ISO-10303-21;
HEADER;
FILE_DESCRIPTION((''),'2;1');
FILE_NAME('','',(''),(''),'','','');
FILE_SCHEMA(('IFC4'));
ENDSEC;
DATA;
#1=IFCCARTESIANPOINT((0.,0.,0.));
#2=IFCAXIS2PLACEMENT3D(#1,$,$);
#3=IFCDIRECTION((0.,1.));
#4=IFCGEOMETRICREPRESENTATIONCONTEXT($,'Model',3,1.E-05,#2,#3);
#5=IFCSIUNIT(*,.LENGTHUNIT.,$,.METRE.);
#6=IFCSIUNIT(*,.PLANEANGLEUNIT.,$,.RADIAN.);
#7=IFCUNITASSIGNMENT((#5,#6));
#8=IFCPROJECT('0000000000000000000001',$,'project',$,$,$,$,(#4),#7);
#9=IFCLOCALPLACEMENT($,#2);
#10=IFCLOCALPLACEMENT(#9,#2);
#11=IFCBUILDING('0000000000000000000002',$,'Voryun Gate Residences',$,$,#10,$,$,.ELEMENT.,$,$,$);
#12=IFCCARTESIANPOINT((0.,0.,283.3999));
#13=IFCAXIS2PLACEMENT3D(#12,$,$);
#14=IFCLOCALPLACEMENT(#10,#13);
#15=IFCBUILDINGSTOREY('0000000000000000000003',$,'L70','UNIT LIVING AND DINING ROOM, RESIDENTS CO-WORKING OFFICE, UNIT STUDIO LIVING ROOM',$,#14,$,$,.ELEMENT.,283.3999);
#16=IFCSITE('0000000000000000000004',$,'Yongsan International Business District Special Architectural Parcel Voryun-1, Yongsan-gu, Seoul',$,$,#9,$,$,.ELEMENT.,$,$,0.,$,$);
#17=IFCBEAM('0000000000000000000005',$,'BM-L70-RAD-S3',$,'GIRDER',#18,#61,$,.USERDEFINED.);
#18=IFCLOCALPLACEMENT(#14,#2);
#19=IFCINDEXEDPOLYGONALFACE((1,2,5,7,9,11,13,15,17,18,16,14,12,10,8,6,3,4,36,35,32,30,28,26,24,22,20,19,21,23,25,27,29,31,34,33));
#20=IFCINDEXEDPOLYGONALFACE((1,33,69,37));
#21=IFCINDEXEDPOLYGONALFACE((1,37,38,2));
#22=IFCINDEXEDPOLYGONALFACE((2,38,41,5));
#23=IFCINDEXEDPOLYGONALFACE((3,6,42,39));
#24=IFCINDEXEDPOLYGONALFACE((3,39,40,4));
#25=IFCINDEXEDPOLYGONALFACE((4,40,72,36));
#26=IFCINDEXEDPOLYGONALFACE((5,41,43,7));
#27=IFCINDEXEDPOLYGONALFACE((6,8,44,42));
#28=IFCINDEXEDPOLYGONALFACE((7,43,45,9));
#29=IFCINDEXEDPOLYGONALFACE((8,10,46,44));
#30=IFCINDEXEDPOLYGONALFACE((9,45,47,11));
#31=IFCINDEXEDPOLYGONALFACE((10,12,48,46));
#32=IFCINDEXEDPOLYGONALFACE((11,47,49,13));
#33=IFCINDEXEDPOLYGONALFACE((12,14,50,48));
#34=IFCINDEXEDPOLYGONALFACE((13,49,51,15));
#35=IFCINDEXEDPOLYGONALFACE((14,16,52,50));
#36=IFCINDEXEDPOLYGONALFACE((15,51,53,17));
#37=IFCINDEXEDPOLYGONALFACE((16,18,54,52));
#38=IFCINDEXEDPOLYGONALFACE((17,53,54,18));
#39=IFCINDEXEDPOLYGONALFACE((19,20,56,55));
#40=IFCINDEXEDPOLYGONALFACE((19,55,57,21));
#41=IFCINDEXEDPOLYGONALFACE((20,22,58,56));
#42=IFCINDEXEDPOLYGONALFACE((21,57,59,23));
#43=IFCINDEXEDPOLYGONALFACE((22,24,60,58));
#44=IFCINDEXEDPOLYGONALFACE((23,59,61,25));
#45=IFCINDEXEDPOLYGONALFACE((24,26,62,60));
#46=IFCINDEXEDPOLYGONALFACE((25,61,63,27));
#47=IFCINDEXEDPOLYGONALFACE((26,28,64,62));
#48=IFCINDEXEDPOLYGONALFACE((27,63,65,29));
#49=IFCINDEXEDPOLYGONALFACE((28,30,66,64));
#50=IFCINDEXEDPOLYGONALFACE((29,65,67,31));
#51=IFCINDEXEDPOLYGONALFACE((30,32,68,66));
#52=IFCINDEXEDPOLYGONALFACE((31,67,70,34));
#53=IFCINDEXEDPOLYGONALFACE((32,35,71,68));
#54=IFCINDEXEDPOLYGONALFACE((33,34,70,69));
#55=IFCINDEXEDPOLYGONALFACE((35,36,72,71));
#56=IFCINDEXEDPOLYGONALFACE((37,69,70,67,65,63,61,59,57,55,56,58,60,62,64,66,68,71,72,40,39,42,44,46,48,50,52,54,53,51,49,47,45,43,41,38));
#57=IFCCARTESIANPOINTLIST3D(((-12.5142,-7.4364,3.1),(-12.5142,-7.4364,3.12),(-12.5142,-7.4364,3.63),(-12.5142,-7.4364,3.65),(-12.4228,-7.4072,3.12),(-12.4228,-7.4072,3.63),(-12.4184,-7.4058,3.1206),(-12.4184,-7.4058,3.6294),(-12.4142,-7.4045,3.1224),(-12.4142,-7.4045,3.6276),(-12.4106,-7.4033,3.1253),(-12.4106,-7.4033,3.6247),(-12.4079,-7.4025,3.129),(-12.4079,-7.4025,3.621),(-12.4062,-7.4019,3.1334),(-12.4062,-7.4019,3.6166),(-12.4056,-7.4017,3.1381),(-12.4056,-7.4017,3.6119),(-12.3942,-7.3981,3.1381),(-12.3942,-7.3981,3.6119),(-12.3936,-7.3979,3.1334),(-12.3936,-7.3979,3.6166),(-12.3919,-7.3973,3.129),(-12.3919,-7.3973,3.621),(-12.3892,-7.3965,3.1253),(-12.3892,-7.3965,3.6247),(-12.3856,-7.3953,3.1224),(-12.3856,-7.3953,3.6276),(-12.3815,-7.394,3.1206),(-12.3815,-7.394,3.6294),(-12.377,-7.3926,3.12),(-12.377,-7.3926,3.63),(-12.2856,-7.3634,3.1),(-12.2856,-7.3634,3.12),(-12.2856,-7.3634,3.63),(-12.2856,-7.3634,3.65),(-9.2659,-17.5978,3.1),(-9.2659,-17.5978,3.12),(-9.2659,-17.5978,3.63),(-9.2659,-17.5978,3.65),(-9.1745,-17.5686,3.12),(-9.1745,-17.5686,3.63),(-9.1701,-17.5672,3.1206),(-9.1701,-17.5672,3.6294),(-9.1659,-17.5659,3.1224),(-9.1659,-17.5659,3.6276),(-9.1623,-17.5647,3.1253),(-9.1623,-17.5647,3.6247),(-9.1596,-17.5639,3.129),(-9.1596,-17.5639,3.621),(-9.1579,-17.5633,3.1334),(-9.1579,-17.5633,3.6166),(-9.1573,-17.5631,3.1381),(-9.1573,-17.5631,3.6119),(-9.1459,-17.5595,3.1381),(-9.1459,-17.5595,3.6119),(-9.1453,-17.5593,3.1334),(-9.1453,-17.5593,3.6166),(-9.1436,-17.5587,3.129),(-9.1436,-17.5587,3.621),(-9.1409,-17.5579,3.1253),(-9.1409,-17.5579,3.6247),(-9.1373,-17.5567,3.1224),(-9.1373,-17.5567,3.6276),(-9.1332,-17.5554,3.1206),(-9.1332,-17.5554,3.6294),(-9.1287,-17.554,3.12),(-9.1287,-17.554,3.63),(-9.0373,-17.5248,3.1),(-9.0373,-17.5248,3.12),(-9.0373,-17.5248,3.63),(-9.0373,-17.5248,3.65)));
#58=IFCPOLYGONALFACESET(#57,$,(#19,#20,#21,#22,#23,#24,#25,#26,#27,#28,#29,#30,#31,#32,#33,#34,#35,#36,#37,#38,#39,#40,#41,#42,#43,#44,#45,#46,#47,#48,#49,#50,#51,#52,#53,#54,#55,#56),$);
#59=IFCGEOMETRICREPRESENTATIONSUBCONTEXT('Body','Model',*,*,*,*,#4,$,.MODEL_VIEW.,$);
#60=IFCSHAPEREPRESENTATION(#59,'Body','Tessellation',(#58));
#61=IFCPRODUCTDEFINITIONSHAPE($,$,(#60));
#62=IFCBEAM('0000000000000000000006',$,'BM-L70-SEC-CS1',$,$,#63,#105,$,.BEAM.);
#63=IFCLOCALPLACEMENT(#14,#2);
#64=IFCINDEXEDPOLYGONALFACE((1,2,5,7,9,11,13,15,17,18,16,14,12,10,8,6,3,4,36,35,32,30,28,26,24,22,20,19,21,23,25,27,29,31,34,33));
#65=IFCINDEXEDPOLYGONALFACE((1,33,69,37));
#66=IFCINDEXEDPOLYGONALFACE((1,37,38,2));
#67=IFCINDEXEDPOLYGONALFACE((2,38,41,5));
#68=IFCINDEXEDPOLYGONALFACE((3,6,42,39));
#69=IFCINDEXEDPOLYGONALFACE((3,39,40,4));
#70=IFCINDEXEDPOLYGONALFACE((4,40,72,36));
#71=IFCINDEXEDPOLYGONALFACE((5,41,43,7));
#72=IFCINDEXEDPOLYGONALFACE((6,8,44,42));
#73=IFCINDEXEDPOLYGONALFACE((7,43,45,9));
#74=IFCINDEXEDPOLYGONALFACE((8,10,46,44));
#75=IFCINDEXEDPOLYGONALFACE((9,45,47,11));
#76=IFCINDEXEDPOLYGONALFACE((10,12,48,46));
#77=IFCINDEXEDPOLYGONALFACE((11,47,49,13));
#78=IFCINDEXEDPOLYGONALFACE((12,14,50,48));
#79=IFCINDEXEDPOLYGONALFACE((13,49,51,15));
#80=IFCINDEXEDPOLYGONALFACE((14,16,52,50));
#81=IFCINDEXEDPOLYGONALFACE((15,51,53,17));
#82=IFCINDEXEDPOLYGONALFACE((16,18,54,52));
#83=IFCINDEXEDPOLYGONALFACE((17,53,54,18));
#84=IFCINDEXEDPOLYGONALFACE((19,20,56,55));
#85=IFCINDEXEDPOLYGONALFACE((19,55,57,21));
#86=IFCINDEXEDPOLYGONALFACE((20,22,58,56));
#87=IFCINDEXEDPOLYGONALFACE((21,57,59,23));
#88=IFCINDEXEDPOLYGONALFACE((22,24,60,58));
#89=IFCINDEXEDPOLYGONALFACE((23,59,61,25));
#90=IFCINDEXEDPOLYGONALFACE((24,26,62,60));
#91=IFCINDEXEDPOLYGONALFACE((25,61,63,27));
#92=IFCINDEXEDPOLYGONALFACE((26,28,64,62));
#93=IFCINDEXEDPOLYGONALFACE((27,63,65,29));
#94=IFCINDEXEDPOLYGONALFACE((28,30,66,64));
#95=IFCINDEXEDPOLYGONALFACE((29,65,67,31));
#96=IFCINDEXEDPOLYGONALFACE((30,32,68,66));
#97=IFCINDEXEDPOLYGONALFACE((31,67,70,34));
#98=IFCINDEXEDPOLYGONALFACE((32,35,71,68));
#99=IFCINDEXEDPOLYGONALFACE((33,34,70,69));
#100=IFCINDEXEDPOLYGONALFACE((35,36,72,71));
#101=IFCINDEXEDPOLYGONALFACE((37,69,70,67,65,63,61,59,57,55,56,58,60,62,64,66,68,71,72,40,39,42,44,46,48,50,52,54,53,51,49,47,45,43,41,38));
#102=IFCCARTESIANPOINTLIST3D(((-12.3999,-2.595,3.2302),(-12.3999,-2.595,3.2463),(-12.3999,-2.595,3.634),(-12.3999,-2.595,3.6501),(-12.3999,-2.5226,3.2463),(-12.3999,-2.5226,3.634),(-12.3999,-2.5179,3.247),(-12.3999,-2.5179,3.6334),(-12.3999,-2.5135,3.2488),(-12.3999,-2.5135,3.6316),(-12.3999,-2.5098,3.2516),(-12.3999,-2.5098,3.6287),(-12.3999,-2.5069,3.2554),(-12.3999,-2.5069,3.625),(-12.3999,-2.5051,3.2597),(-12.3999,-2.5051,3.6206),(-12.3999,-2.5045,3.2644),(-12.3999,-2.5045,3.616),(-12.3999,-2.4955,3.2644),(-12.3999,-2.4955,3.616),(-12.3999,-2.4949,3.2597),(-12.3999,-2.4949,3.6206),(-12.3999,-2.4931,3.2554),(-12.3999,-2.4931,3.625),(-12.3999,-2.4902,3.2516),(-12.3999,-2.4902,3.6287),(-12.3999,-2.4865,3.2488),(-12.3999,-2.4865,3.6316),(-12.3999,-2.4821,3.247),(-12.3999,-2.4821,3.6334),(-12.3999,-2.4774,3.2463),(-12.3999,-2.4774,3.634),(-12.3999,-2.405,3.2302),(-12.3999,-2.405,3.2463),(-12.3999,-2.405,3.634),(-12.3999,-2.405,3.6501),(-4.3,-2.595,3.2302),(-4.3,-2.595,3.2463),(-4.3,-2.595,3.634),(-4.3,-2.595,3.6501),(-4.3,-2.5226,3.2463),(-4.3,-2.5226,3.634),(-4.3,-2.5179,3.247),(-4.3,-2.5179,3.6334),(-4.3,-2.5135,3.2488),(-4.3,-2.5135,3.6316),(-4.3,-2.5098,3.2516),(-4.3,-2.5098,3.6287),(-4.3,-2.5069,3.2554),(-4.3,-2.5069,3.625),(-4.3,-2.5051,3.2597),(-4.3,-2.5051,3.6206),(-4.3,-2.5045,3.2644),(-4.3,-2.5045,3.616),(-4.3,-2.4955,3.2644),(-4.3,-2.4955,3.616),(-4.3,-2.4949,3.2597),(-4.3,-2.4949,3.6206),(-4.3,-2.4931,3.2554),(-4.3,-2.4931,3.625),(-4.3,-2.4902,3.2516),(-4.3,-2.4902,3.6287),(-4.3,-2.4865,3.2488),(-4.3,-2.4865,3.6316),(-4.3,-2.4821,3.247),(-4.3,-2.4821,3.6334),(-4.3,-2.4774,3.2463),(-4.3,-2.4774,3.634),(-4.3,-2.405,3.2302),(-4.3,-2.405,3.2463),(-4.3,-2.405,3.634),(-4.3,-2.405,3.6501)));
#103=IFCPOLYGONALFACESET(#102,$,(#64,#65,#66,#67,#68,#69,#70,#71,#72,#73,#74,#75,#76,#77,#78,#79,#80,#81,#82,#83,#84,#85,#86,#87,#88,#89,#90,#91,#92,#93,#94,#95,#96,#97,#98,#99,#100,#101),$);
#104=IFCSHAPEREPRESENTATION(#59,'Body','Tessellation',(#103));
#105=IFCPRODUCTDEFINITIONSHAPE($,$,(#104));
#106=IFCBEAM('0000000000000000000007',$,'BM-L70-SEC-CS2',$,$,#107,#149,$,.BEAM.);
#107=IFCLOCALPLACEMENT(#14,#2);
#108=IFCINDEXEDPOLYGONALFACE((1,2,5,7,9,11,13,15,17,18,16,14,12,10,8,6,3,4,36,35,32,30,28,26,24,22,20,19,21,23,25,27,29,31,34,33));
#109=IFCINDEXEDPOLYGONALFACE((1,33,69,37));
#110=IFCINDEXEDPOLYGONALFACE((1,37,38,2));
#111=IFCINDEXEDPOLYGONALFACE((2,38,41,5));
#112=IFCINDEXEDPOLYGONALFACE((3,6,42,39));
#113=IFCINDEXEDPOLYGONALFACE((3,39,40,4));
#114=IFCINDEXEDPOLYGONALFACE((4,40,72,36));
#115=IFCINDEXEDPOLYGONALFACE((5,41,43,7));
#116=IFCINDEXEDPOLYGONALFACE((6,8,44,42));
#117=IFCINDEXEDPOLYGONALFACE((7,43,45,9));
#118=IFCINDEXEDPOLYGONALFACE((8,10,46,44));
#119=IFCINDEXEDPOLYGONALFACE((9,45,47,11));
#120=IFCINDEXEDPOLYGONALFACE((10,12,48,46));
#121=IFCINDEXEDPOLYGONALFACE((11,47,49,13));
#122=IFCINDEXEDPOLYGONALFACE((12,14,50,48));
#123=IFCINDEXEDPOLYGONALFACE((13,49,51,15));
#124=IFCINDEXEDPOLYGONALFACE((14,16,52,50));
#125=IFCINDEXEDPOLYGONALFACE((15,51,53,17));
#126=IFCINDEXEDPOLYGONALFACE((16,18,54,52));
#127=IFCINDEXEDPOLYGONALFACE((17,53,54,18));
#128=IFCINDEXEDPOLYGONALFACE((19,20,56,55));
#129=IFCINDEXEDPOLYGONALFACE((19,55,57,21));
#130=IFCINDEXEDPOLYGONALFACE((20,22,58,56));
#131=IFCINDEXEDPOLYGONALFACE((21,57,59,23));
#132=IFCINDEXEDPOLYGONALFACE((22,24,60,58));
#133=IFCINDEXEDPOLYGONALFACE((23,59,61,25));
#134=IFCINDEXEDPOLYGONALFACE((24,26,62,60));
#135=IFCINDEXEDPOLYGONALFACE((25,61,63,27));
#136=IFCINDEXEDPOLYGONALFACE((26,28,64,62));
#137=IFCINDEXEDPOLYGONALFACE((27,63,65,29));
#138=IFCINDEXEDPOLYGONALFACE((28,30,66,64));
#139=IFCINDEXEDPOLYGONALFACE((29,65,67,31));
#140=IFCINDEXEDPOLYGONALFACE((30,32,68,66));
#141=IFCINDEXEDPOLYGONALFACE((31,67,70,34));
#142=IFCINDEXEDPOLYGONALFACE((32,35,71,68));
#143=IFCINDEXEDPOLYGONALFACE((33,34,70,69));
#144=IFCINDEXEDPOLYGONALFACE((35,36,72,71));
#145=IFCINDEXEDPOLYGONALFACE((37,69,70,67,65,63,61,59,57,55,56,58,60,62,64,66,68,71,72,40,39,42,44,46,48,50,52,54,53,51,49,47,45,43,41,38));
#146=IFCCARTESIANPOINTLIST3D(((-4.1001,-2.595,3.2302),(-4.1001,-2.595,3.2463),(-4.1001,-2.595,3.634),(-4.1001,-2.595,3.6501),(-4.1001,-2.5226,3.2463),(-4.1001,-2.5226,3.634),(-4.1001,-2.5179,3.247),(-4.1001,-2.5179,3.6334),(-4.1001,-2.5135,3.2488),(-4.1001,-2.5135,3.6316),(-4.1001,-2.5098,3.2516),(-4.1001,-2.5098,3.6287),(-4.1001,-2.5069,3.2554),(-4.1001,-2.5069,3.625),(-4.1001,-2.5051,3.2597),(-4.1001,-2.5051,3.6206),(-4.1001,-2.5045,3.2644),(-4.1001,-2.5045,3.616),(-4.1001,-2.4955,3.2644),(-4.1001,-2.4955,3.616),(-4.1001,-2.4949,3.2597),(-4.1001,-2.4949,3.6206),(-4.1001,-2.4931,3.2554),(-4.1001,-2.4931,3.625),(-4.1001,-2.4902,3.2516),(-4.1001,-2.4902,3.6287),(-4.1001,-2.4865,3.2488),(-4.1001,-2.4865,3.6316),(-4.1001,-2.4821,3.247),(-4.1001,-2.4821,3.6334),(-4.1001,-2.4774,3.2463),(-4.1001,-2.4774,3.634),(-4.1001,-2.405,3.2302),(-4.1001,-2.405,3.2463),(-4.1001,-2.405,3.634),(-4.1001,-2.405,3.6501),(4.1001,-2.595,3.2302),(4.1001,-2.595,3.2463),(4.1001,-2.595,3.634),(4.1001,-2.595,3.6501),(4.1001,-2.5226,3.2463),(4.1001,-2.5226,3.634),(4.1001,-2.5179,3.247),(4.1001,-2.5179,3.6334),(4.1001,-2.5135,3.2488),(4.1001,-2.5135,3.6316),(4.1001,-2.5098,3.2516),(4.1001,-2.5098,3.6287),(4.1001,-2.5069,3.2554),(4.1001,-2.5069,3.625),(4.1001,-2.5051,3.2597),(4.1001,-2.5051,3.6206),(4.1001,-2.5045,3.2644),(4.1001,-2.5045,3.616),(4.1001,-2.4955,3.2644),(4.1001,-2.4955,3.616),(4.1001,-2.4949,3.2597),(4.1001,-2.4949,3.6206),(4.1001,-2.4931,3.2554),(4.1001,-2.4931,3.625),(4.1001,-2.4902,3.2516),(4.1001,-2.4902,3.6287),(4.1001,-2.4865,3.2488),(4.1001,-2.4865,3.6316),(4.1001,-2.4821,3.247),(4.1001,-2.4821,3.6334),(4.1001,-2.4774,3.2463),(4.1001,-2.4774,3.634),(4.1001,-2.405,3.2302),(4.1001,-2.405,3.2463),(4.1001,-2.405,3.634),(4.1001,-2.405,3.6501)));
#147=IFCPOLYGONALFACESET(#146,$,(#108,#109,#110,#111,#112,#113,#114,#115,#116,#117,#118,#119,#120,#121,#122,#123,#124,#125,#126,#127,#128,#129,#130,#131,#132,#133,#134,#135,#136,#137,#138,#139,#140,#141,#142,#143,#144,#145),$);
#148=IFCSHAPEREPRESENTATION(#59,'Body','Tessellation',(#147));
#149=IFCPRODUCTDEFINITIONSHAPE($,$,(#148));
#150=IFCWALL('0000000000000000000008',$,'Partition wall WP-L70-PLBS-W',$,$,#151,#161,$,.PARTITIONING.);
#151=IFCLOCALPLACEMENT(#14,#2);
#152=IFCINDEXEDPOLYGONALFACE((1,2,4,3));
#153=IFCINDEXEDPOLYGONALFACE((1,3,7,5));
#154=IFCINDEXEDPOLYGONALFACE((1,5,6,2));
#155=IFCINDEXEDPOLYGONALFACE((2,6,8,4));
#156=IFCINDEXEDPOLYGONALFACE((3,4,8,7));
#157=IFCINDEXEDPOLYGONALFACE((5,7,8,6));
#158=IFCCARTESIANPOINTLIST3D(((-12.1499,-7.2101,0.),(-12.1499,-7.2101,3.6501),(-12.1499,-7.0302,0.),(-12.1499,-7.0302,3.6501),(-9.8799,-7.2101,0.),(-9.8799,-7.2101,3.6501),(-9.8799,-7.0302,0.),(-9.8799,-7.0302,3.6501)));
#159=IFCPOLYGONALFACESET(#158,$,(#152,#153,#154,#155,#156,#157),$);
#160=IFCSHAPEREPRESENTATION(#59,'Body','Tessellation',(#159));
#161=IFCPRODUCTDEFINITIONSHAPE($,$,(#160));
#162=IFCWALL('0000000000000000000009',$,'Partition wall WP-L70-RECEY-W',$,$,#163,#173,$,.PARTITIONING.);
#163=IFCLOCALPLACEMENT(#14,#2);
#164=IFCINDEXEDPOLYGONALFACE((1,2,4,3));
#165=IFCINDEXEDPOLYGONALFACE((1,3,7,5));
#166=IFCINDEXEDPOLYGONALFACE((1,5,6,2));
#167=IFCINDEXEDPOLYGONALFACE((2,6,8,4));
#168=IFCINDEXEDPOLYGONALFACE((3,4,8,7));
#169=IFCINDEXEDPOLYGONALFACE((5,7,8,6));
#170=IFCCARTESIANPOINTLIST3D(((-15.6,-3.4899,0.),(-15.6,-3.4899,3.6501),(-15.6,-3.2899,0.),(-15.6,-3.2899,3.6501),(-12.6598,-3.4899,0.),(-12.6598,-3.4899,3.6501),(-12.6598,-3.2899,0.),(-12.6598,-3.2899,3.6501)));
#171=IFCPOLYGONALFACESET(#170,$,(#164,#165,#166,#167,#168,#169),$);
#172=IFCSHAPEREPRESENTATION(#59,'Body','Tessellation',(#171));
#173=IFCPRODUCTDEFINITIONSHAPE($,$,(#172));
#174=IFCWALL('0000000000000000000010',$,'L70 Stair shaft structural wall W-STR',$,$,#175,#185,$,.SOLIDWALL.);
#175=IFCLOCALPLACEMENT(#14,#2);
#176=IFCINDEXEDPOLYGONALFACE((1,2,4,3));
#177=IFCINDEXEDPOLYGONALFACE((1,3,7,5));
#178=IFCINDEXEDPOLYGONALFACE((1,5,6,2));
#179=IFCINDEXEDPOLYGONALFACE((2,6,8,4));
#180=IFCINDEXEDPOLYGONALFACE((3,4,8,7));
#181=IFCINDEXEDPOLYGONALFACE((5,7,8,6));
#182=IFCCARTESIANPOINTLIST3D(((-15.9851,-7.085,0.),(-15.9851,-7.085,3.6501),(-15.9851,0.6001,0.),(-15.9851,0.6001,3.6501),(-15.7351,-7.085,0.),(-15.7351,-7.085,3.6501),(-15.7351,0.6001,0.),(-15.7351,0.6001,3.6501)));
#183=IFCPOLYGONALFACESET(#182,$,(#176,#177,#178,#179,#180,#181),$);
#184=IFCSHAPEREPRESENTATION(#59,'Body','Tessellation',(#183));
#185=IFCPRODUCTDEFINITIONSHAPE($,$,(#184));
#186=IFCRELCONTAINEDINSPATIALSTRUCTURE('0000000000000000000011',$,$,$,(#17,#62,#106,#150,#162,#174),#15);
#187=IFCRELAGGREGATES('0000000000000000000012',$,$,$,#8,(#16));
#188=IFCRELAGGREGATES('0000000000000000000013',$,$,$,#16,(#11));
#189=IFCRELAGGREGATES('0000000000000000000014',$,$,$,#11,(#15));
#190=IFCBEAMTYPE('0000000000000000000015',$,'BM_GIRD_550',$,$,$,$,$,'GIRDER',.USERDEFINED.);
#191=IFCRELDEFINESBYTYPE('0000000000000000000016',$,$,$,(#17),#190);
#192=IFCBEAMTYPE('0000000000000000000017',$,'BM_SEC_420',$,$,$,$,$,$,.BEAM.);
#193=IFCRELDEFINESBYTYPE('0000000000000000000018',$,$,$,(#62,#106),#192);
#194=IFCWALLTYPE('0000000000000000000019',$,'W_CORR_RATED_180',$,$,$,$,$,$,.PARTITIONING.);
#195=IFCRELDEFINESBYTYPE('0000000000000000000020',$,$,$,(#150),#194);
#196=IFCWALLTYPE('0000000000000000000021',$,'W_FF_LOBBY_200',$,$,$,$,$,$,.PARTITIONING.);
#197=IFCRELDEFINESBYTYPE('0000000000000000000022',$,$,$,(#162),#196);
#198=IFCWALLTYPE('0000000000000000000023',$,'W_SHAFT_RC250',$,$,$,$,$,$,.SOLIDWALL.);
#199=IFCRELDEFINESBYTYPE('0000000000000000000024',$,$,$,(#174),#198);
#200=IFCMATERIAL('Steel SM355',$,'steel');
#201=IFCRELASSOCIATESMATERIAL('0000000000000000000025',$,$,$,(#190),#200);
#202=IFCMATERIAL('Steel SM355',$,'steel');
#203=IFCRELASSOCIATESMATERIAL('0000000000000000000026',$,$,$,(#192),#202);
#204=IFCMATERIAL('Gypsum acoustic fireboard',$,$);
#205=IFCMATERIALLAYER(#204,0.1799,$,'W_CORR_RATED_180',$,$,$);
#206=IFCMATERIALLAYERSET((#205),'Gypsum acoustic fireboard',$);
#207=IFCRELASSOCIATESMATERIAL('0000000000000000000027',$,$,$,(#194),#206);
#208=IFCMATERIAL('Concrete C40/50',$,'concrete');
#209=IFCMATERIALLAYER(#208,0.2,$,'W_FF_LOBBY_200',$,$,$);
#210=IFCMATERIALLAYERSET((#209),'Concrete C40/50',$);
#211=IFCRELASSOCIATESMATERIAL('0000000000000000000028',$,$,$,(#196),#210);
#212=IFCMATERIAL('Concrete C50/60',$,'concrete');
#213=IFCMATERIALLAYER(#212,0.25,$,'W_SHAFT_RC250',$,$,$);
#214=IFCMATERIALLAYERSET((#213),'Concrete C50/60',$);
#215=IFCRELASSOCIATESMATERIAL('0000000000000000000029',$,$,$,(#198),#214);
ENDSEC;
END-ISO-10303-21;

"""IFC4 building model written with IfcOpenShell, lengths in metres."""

from ifc_helpers import new_model, si_unit, direction, frame, frame_2d, origin, origin_2d, place, context, subcontext, project, spatial, rectangle, i_section, extrude, material, layer, layer_set, material_profile, profile_set, type_object, element, save


model = new_model("IFC4")

# Units and contexts
model_context = context("Model", 3, precision=1e-05, world=origin(), true_north=direction((0.0, 1.0)))
body_context = subcontext(model_context, "Body", "Model", "MODEL_VIEW")
ifc_project = project(units=[si_unit("LENGTHUNIT", "METRE"), si_unit("PLANEANGLEUNIT", "RADIAN")], contexts=[model_context])

# Site, building, storey
site_placement = place(None, origin())
site = spatial("IfcSite", under=ifc_project, at=site_placement, Name="Yongsan International Business District Special Architectural Parcel Voryun-1, Yongsan-gu, Seoul", CompositionType="ELEMENT", RefElevation=0.0)
building_placement = place(site_placement, origin())
building = spatial("IfcBuilding", under=site, at=building_placement, Name="Voryun Gate Residences", CompositionType="ELEMENT")
storey_placement = place(building_placement, frame((0.0, 0.0, 283.3999)))
storey = spatial("IfcBuildingStorey", under=building, at=storey_placement, Name="L70", Description="UNIT LIVING AND DINING ROOM, RESIDENTS CO-WORKING OFFICE, UNIT STUDIO LIVING ROOM", CompositionType="ELEMENT", Elevation=283.3999)

# Beams
ifc_material_1 = material(Name="Steel SM355", Category="steel")
ifc_material_profile_1 = material_profile(ifc_material_1, i_section(OverallWidth=0.24, OverallDepth=0.55, WebThickness=0.012, FlangeThickness=0.02, FilletRadius=0.0181, at=origin_2d()), Name="H-550x240x12x20")
ifc_profile_set_1 = profile_set([ifc_material_profile_1], Name="Steel SM355")
beam_type_1 = type_object("IfcBeamType", Name="BM_GIRD_550", ElementType="GIRDER", PredefinedType="USERDEFINED", material=ifc_profile_set_1)
beam_1_placement = place(storey_placement, frame((-12.3999, -7.3999, 3.375), z_axis=(0.304491, -0.952515, 0.0), x_axis=(0.952515, 0.304491, 0.0)))
element("IfcBeam", 1, at=beam_1_placement, inside=storey, type_object=beam_type_1, Name="BM-L70-RAD-S3", ObjectType="GIRDER", PredefinedType="USERDEFINED", context=body_context, shape_type="SweptSolid", body=[
    extrude(i_section(OverallWidth=0.24, OverallDepth=0.55, WebThickness=0.012, FlangeThickness=0.02, FilletRadius=0.0181, at=origin_2d()), origin(), (0.0, 0.0, 1.0), 10.668),
])
ifc_material_2 = material(Name="Steel SM355", Category="steel")
ifc_material_profile_2 = material_profile(ifc_material_2, i_section(OverallWidth=0.1899, OverallDepth=0.4199, WebThickness=0.009, FlangeThickness=0.0161, FilletRadius=0.0181, at=origin_2d()), Name="H-420x190x9x16")
ifc_profile_set_2 = profile_set([ifc_material_profile_2], Name="Steel SM355")
beam_type_2 = type_object("IfcBeamType", Name="BM_SEC_420", PredefinedType="BEAM", material=ifc_profile_set_2)
beam_2_placement = place(storey_placement, frame((-12.3999, -2.5, 3.4402), z_axis=(1.0, 0.0, 0.0), x_axis=(0.0, 1.0, 0.0)))
element("IfcBeam", 2, at=beam_2_placement, inside=storey, type_object=beam_type_2, Name="BM-L70-SEC-CS1", PredefinedType="BEAM", context=body_context, shape_type="SweptSolid", body=[
    extrude(i_section(OverallWidth=0.1899, OverallDepth=0.4199, WebThickness=0.009, FlangeThickness=0.0161, FilletRadius=0.0181, at=origin_2d()), origin(), (0.0, 0.0, 1.0), 8.0999),
])
beam_3_placement = place(storey_placement, frame((-4.1001, -2.5, 3.4402), z_axis=(1.0, 0.0, 0.0), x_axis=(0.0, 1.0, 0.0)))
element("IfcBeam", 3, at=beam_3_placement, inside=storey, type_object=beam_type_2, Name="BM-L70-SEC-CS2", PredefinedType="BEAM", context=body_context, shape_type="SweptSolid", body=[
    extrude(i_section(OverallWidth=0.1899, OverallDepth=0.4199, WebThickness=0.009, FlangeThickness=0.0161, FilletRadius=0.0181, at=origin_2d()), origin(), (0.0, 0.0, 1.0), 8.2002),
])

# Walls
ifc_material_3 = material(Name="Gypsum acoustic fireboard")
ifc_layer_1 = layer(ifc_material_3, 0.1799, Name="W_CORR_RATED_180")
ifc_layer_set_1 = layer_set([ifc_layer_1], Name="Gypsum acoustic fireboard")
wall_type_1 = type_object("IfcWallType", Name="W_CORR_RATED_180", PredefinedType="PARTITIONING", material=ifc_layer_set_1)
wall_1_placement = place(storey_placement, frame((-12.1499, -7.1201, 0.0), z_axis=(0.0, 0.0, 1.0), x_axis=(1.0, 0.0, 0.0)))
element("IfcWall", 4, at=wall_1_placement, inside=storey, type_object=wall_type_1, Name="Partition wall WP-L70-PLBS-W", PredefinedType="PARTITIONING", context=body_context, shape_type="SweptSolid", body=[
    extrude(rectangle(XDim=2.27, YDim=0.1799, at=frame_2d((1.135, 0.0))), origin(), (0.0, 0.0, 1.0), 3.6501),
])
ifc_material_4 = material(Name="Concrete C40/50", Category="concrete")
ifc_layer_2 = layer(ifc_material_4, 0.2, Name="W_FF_LOBBY_200")
ifc_layer_set_2 = layer_set([ifc_layer_2], Name="Concrete C40/50")
wall_type_2 = type_object("IfcWallType", Name="W_FF_LOBBY_200", PredefinedType="PARTITIONING", material=ifc_layer_set_2)
wall_2_placement = place(storey_placement, frame((-15.6001, -3.3899, 0.0), z_axis=(0.0, 0.0, 1.0), x_axis=(1.0, 0.0, 0.0)))
element("IfcWall", 5, at=wall_2_placement, inside=storey, type_object=wall_type_2, Name="Partition wall WP-L70-RECEY-W", PredefinedType="PARTITIONING", context=body_context, shape_type="SweptSolid", body=[
    extrude(rectangle(XDim=2.9402, YDim=0.2, at=frame_2d((1.4702, 0.0))), origin(), (0.0, 0.0, 1.0), 3.6501),
])
ifc_material_5 = material(Name="Concrete C50/60", Category="concrete")
ifc_layer_3 = layer(ifc_material_5, 0.25, Name="W_SHAFT_RC250")
ifc_layer_set_3 = layer_set([ifc_layer_3], Name="Concrete C50/60")
wall_type_3 = type_object("IfcWallType", Name="W_SHAFT_RC250", PredefinedType="SOLIDWALL", material=ifc_layer_set_3)
wall_3_placement = place(storey_placement, frame((-15.8601, -7.085, 0.0), z_axis=(0.0, 0.0, 1.0), x_axis=(0.0, 1.0, 0.0)))
element("IfcWall", 6, at=wall_3_placement, inside=storey, type_object=wall_type_3, Name="L70 Stair shaft structural wall W-STR", PredefinedType="SOLIDWALL", context=body_context, shape_type="SweptSolid", body=[
    extrude(rectangle(XDim=7.6851, YDim=0.25, at=frame_2d((3.8425, 0.0))), origin(), (0.0, 0.0, 1.0), 3.6501),
])

save(model, "model.ifc")
